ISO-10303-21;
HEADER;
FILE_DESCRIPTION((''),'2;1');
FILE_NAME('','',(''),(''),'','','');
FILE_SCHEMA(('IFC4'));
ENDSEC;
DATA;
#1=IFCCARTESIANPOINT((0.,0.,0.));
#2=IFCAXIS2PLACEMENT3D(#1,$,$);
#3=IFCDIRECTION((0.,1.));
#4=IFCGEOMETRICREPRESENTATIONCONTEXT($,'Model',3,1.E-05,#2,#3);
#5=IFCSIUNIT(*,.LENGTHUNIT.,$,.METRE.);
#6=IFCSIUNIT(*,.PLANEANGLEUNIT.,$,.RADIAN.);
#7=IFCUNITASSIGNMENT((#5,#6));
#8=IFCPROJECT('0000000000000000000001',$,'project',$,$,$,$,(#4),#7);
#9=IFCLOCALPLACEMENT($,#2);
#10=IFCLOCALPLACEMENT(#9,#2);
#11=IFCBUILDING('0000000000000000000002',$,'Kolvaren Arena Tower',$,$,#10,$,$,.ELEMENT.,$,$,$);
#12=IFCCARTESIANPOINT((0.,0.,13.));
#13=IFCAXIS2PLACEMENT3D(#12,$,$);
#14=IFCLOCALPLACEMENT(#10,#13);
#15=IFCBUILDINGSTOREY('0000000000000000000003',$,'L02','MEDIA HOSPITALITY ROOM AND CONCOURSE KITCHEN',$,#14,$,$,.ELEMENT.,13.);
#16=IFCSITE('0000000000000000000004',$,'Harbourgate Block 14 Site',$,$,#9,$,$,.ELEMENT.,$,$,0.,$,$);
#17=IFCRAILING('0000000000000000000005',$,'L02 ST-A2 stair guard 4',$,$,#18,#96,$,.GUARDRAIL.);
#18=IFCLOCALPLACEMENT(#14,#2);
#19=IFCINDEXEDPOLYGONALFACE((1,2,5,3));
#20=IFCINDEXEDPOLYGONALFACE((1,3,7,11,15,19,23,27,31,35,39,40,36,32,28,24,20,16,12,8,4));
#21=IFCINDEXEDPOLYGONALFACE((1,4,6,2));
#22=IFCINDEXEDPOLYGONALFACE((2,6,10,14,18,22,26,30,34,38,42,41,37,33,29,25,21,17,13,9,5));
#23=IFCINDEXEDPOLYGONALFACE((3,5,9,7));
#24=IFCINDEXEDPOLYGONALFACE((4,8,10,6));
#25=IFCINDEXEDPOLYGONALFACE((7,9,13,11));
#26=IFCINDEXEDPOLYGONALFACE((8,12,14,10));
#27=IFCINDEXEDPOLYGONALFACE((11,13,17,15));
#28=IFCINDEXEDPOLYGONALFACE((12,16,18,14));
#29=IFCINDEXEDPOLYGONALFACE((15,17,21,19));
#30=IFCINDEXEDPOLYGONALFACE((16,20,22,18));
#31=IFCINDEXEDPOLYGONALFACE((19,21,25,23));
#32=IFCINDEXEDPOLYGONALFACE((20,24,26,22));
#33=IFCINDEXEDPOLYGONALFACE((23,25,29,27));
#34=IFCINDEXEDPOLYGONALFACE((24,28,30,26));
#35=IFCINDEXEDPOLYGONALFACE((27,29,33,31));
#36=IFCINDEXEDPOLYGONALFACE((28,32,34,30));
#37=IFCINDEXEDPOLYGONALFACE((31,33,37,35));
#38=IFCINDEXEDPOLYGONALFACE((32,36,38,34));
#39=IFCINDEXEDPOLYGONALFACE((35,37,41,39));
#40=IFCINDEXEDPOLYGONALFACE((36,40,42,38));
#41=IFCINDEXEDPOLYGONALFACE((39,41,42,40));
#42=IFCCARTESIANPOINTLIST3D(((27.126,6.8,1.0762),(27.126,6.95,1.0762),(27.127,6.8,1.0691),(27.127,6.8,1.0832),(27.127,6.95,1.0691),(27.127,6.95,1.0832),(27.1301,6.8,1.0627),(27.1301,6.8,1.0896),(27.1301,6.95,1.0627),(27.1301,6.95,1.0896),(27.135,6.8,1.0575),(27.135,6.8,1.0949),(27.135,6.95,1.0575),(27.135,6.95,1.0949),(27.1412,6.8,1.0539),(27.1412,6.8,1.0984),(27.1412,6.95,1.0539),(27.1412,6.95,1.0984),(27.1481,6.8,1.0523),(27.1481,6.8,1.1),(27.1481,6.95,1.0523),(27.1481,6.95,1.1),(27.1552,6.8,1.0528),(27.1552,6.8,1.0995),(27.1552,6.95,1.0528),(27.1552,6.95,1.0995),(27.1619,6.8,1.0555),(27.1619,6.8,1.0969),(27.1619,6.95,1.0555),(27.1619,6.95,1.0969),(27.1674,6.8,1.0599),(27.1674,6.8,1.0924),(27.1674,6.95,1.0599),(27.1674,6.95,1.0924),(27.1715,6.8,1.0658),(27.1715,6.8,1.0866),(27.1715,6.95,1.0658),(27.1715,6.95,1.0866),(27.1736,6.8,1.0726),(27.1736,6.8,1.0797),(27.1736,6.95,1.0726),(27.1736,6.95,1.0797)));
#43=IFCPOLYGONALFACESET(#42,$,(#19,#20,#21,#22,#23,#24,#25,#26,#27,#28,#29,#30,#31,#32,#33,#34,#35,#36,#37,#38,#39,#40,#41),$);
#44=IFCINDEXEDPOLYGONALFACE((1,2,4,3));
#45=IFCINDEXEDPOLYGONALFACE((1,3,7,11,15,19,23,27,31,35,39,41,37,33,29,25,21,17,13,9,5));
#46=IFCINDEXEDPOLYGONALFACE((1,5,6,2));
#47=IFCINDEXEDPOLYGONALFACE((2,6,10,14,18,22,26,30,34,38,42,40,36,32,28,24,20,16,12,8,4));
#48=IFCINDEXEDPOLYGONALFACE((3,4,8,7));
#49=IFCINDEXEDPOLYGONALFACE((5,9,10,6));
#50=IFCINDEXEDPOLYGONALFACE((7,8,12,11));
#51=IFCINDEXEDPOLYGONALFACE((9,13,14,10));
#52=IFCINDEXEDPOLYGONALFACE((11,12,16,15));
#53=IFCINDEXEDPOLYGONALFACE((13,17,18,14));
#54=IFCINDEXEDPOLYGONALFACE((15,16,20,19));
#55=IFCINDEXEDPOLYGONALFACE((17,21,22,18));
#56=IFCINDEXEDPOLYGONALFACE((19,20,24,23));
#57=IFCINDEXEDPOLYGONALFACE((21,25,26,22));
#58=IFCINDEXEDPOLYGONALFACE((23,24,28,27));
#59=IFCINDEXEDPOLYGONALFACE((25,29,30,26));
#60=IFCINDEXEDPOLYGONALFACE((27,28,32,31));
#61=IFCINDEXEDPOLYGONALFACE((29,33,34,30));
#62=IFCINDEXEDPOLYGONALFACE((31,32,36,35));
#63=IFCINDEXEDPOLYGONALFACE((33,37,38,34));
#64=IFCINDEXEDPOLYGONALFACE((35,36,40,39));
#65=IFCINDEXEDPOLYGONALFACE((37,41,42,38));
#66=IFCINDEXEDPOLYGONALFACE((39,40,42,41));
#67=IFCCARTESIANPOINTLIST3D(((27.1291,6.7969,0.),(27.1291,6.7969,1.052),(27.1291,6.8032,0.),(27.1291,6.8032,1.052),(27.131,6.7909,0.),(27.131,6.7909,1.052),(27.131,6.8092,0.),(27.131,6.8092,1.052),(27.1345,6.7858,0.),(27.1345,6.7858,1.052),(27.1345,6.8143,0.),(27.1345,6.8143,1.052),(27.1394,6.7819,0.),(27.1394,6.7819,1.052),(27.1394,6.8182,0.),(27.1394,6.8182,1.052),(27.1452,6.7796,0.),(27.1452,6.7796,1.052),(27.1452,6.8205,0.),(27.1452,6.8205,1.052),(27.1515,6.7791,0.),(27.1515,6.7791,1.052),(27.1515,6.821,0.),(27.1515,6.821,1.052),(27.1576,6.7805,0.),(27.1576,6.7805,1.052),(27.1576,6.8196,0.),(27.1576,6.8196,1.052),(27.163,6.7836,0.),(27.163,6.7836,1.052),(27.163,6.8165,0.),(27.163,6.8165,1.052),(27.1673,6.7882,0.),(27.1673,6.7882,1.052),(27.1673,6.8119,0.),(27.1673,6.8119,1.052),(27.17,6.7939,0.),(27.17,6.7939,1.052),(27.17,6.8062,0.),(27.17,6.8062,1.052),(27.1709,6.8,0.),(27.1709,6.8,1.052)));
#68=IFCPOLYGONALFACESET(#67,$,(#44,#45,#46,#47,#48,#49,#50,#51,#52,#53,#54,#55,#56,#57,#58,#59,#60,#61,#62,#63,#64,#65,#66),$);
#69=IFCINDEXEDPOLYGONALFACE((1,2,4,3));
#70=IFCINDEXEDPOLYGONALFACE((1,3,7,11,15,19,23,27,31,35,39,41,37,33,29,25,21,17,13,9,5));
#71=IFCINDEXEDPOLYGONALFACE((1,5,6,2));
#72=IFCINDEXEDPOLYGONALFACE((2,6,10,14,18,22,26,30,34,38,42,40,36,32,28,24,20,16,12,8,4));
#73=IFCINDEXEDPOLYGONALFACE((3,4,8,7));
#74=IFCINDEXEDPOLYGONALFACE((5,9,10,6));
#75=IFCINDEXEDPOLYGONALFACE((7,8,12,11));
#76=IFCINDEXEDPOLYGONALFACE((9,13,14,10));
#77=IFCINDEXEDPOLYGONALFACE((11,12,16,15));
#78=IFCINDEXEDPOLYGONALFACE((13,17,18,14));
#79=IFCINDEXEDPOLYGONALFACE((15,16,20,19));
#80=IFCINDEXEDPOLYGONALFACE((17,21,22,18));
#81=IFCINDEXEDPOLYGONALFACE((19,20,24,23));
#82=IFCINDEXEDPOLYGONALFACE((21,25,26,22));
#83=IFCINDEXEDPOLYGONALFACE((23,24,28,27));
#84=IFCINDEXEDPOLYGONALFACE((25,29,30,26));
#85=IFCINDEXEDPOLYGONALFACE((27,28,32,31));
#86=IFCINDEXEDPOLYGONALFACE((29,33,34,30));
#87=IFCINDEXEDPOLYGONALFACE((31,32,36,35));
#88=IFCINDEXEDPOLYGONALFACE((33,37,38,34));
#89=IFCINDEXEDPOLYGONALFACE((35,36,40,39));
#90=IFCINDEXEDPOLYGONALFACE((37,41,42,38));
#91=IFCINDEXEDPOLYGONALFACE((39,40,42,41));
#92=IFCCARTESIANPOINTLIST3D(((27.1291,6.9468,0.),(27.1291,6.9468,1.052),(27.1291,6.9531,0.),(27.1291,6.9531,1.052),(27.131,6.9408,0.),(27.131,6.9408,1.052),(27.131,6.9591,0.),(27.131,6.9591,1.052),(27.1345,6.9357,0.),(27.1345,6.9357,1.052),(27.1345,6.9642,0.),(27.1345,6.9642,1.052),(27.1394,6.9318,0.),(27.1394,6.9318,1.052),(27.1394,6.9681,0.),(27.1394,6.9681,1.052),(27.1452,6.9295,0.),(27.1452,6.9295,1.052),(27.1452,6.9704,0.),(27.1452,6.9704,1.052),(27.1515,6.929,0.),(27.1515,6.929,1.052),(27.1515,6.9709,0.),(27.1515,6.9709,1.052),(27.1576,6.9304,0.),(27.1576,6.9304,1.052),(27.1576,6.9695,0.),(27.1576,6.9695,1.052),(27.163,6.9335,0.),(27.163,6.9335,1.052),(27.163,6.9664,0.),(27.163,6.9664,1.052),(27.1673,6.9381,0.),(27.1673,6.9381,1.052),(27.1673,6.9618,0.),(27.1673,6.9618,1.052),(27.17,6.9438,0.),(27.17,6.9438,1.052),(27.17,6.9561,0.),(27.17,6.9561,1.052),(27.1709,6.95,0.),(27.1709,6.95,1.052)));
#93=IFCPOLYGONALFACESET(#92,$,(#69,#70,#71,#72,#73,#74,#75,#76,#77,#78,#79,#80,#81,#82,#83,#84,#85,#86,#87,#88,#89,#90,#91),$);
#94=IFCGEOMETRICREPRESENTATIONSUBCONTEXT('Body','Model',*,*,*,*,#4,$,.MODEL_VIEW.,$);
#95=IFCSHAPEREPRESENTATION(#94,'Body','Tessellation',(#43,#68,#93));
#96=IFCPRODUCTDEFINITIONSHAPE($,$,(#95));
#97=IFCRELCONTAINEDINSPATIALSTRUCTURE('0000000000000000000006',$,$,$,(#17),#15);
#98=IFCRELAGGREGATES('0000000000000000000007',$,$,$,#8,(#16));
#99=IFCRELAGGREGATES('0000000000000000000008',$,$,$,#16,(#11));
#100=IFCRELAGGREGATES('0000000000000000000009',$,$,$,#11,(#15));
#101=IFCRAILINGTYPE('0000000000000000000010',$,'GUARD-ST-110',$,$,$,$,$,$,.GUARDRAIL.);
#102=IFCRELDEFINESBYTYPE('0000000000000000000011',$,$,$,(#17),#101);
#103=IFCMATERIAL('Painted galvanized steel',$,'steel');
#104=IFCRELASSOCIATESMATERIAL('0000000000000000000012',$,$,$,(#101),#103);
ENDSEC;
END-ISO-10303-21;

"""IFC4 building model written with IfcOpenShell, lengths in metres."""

from ifc_helpers import new_model, si_unit, direction, frame, origin, origin_2d, place, context, subcontext, project, spatial, circle, extrude, material, type_object, element, save


model = new_model("IFC4")

# Units and contexts
model_context = context("Model", 3, precision=1e-05, world=origin(), true_north=direction((0.0, 1.0)))
body_context = subcontext(model_context, "Body", "Model", "MODEL_VIEW")
ifc_project = project(units=[si_unit("LENGTHUNIT", "METRE"), si_unit("PLANEANGLEUNIT", "RADIAN")], contexts=[model_context])

# Site, building, storey
site_placement = place(None, origin())
site = spatial("IfcSite", under=ifc_project, at=site_placement, Name="Harbourgate Block 14 Site", CompositionType="ELEMENT", RefElevation=0.0)
building_placement = place(site_placement, origin())
building = spatial("IfcBuilding", under=site, at=building_placement, Name="Kolvaren Arena Tower", CompositionType="ELEMENT")
storey_placement = place(building_placement, frame((0.0, 0.0, 13.0)))
storey = spatial("IfcBuildingStorey", under=building, at=storey_placement, Name="L02", Description="MEDIA HOSPITALITY ROOM AND CONCOURSE KITCHEN", CompositionType="ELEMENT", Elevation=13.0)

# Railing
ifc_material_1 = material(Name="Painted galvanized steel", Category="steel")
railing_type_1 = type_object("IfcRailingType", Name="GUARD-ST-110", PredefinedType="GUARDRAIL", material=ifc_material_1)
railing_1_placement = place(storey_placement, frame((27.1499, 6.8, 0.0)))
element("IfcRailing", 1, at=railing_1_placement, inside=storey, type_object=railing_type_1, Name="L02 ST-A2 stair guard 4", PredefinedType="GUARDRAIL", context=body_context, shape_type="SweptSolid", body=[
    extrude(circle(Radius=0.0239, at=origin_2d()), frame((0.0, 0.0, 1.0762), z_axis=(0.0, 1.0, 0.0), x_axis=(-1.0, 0.0, 0.0)), (0.0, 0.0, 1.0), 0.1499),
    extrude(circle(Radius=0.021, at=origin_2d()), origin(), (0.0, 0.0, 1.0), 1.052),
    extrude(circle(Radius=0.021, at=origin_2d()), frame((0.0, 0.1499, 0.0)), (0.0, 0.0, 1.0), 1.052),
])

save(model, "model.ifc")
